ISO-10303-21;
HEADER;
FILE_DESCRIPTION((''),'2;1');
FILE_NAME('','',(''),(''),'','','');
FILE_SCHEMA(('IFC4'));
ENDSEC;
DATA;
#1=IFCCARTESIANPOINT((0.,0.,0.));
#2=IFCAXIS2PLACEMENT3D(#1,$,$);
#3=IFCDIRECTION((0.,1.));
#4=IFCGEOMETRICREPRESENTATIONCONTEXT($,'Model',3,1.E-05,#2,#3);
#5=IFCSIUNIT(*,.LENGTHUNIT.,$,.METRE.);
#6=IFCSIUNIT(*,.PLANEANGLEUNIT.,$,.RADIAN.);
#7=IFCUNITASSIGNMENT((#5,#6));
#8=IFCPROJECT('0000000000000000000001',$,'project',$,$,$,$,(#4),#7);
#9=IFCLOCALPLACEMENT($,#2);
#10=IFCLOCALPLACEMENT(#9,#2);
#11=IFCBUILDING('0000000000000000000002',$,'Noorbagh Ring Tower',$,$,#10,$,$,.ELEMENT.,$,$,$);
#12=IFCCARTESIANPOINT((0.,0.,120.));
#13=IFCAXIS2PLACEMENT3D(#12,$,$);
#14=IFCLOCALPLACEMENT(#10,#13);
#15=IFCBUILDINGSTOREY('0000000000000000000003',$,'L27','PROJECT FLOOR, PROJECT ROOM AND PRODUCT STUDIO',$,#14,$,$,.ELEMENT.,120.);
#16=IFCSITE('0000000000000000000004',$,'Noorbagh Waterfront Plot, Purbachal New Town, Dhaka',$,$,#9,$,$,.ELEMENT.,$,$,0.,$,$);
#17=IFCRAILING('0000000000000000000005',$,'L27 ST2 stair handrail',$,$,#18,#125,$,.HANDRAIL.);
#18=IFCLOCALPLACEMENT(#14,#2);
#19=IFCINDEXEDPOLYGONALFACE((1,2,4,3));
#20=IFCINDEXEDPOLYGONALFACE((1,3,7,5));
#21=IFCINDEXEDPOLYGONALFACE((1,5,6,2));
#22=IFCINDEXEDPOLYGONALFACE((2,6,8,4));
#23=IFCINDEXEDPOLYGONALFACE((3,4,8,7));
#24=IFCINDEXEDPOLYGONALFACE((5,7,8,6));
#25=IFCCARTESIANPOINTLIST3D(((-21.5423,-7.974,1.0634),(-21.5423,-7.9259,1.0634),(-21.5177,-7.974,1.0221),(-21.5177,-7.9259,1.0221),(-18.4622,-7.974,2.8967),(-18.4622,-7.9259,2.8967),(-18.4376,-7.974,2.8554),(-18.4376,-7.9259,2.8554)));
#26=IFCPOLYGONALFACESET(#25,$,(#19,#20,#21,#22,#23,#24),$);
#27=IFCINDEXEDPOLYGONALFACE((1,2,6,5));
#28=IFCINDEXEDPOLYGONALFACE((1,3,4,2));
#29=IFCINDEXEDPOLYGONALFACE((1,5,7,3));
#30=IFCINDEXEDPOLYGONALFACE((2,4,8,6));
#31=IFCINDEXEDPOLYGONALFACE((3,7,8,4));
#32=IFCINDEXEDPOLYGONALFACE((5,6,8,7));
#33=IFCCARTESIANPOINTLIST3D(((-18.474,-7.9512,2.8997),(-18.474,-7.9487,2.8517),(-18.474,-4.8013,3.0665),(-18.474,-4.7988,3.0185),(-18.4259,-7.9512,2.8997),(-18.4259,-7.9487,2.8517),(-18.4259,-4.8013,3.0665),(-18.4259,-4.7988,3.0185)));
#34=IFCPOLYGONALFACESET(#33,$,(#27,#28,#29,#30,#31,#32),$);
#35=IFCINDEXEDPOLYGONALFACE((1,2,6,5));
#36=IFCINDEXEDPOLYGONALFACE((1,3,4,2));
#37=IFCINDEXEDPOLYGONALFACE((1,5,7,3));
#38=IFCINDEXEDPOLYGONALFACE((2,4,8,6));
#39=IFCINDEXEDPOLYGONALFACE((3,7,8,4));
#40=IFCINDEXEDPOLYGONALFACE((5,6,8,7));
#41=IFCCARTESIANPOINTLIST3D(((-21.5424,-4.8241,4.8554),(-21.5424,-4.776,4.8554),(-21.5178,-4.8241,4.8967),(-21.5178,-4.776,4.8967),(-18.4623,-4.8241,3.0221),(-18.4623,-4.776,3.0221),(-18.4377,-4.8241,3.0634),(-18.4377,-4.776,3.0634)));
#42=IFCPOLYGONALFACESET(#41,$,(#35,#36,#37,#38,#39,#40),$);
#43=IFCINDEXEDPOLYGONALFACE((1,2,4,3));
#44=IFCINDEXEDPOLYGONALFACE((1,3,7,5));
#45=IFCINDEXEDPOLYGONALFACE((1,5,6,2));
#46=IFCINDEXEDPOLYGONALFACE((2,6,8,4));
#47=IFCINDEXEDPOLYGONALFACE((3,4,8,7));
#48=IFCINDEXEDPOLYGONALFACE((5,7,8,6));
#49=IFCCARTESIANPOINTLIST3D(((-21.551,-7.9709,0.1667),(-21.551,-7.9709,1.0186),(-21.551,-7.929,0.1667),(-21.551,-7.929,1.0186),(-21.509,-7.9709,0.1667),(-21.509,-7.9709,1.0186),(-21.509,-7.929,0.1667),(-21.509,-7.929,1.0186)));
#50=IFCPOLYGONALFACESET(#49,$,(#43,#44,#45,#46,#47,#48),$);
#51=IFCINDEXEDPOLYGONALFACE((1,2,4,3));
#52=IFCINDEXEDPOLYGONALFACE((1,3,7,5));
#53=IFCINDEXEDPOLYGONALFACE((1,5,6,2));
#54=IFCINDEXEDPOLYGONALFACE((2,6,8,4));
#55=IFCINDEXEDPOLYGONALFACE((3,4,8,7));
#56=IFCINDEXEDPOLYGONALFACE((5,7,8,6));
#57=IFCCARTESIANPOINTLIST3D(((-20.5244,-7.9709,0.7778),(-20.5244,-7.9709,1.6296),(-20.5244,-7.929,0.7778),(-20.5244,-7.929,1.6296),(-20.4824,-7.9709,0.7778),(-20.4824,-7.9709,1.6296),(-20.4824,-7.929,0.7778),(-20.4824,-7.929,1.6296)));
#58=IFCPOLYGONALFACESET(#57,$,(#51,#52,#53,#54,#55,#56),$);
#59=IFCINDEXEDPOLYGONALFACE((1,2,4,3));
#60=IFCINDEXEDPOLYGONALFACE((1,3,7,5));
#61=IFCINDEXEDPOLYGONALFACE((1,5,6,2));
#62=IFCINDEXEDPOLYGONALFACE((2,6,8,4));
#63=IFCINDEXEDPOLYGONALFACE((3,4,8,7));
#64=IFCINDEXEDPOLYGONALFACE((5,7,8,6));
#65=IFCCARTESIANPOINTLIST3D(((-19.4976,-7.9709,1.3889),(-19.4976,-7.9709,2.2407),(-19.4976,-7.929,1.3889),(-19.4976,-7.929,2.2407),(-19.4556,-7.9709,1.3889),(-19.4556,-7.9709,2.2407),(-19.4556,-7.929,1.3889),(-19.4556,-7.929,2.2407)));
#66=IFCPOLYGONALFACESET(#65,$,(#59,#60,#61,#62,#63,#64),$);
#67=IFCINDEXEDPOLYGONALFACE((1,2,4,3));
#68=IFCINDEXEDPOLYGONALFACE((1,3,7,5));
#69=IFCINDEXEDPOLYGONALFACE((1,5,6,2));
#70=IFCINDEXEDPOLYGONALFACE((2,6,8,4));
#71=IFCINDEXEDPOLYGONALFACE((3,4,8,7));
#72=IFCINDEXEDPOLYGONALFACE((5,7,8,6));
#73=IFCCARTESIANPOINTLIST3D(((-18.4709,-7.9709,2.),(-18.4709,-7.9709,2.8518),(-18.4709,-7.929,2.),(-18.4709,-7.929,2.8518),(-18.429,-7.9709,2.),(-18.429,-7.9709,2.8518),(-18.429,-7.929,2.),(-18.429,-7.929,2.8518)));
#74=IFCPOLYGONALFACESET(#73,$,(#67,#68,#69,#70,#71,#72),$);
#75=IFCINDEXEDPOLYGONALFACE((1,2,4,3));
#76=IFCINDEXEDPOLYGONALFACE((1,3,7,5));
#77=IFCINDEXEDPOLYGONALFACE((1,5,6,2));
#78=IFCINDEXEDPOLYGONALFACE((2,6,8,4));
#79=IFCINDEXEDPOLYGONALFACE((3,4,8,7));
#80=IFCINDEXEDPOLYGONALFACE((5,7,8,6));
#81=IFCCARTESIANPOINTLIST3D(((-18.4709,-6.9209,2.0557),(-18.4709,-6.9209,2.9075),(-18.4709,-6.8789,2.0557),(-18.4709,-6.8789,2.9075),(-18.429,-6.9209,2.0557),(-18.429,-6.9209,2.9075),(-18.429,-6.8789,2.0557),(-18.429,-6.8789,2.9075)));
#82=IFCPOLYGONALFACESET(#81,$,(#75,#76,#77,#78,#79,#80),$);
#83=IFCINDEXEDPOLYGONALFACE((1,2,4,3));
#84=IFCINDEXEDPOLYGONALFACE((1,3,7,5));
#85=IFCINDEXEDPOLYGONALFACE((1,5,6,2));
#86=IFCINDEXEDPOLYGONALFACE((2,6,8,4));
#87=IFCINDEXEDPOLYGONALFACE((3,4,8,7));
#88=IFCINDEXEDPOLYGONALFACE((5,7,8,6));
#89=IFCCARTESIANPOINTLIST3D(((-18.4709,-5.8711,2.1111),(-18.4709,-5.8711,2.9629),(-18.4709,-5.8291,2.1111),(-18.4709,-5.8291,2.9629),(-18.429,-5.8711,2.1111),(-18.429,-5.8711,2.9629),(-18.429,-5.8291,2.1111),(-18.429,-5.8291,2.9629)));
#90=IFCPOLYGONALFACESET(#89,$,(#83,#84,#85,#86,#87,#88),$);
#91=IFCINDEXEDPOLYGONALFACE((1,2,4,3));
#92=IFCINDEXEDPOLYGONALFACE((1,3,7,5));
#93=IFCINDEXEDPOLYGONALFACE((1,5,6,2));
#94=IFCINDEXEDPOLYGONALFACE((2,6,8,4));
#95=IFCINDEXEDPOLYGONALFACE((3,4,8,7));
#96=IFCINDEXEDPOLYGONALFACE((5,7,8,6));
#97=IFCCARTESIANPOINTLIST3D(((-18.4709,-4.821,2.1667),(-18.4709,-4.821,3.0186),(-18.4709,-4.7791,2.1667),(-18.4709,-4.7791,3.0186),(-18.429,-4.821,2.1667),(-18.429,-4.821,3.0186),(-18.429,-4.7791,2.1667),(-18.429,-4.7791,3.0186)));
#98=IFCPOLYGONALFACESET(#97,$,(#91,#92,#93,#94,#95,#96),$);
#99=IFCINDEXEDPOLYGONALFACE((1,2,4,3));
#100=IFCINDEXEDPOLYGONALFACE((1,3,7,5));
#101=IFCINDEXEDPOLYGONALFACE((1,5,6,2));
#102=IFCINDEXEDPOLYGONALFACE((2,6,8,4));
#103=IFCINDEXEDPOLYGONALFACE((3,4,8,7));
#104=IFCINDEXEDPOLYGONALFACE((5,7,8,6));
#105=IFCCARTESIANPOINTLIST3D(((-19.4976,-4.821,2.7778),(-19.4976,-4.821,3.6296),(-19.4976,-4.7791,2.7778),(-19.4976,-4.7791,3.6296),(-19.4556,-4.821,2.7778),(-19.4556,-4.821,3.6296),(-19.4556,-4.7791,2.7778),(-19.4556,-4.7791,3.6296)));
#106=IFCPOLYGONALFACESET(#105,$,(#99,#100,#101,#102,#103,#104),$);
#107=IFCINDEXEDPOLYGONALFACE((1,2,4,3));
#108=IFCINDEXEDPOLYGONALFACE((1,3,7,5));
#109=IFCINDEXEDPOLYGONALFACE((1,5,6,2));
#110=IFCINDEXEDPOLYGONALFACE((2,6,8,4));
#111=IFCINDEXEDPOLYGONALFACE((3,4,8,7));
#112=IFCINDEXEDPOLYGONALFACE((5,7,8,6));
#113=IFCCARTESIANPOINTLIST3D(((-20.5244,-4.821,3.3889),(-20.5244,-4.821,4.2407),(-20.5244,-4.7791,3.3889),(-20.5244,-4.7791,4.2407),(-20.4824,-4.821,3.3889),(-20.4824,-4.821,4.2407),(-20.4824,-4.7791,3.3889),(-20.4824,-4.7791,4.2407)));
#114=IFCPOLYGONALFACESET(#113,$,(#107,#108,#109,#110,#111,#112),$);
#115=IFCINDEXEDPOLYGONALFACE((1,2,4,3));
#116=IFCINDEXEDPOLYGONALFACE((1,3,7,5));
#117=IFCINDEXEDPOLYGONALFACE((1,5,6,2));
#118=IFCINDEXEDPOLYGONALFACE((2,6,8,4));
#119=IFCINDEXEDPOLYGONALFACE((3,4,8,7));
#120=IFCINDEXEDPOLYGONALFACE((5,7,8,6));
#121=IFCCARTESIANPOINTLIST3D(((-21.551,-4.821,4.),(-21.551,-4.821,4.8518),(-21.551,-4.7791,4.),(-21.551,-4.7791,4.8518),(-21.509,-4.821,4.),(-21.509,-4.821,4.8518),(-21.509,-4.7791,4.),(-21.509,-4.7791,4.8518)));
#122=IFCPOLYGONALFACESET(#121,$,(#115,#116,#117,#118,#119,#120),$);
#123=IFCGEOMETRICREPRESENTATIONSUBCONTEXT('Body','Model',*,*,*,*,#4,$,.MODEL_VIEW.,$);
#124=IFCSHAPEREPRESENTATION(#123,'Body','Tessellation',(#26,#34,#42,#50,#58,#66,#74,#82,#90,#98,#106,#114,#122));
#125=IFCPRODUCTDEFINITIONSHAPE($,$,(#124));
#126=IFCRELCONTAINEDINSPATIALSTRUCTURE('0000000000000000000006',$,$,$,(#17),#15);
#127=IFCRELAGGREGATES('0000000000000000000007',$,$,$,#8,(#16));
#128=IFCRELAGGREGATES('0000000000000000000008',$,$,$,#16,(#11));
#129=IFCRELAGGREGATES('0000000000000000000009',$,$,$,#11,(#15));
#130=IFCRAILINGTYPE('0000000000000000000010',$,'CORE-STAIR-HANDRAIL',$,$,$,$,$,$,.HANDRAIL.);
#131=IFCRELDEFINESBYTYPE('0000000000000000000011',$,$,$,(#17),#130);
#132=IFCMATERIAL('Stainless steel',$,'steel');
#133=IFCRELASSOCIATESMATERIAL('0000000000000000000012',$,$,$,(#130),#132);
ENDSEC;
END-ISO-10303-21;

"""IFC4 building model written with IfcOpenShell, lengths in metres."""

from ifc_helpers import new_model, si_unit, direction, frame, origin, origin_2d, place, context, subcontext, project, spatial, rectangle, extrude, material, type_object, element, save


model = new_model("IFC4")

# Units and contexts
model_context = context("Model", 3, precision=1e-05, world=origin(), true_north=direction((0.0, 1.0)))
body_context = subcontext(model_context, "Body", "Model", "MODEL_VIEW")
ifc_project = project(units=[si_unit("LENGTHUNIT", "METRE"), si_unit("PLANEANGLEUNIT", "RADIAN")], contexts=[model_context])

# Site, building, storey
site_placement = place(None, origin())
site = spatial("IfcSite", under=ifc_project, at=site_placement, Name="Noorbagh Waterfront Plot, Purbachal New Town, Dhaka", CompositionType="ELEMENT", RefElevation=0.0)
building_placement = place(site_placement, origin())
building = spatial("IfcBuilding", under=site, at=building_placement, Name="Noorbagh Ring Tower", CompositionType="ELEMENT")
storey_placement = place(building_placement, frame((0.0, 0.0, 120.0)))
storey = spatial("IfcBuildingStorey", under=building, at=storey_placement, Name="L27", Description="PROJECT FLOOR, PROJECT ROOM AND PRODUCT STUDIO", CompositionType="ELEMENT", Elevation=120.0)

# Railing
ifc_material_1 = material(Name="Stainless steel", Category="steel")
railing_type_1 = type_object("IfcRailingType", Name="CORE-STAIR-HANDRAIL", PredefinedType="HANDRAIL", material=ifc_material_1)
railing_1_placement = place(storey_placement, frame((-21.53, -7.95, 0.1667)))
element("IfcRailing", 1, at=railing_1_placement, inside=storey, type_object=railing_type_1, Name="L27 ST2 stair handrail", PredefinedType="HANDRAIL", context=body_context, shape_type="SweptSolid", body=[
    extrude(rectangle(XDim=0.0481, YDim=0.0481, at=origin_2d()), frame((0.0, 0.0, 0.876), z_axis=(0.859309, 0.0, 0.511458), x_axis=(0.0, 1.0, 0.0)), (0.0, 0.0, 1.0), 3.5845),
    extrude(rectangle(XDim=0.0481, YDim=0.0481, at=origin_2d()), frame((3.0801, 0.0, 2.709), z_axis=(0.0, 0.998602, 0.052864), x_axis=(-1.0, 0.0, 0.0)), (0.0, 0.0, 1.0), 3.1543),
    extrude(rectangle(XDim=0.0481, YDim=0.0481, at=origin_2d()), frame((3.0801, 3.1499, 2.876), z_axis=(-0.859309, 0.0, 0.511458), x_axis=(0.0, -1.0, 0.0)), (0.0, 0.0, 1.0), 3.5845),
    extrude(rectangle(XDim=0.042, YDim=0.042, at=origin_2d()), origin(), (0.0, 0.0, 1.0), 0.8518),
    extrude(rectangle(XDim=0.042, YDim=0.042, at=origin_2d()), frame((1.0266, 0.0, 0.6111)), (0.0, 0.0, 1.0), 0.8518),
    extrude(rectangle(XDim=0.042, YDim=0.042, at=origin_2d()), frame((2.0535, 0.0, 1.2222)), (0.0, 0.0, 1.0), 0.8518),
    extrude(rectangle(XDim=0.042, YDim=0.042, at=origin_2d()), frame((3.0801, 0.0, 1.8333)), (0.0, 0.0, 1.0), 0.8518),
    extrude(rectangle(XDim=0.042, YDim=0.042, at=origin_2d()), frame((3.0801, 1.05, 1.8889)), (0.0, 0.0, 1.0), 0.8518),
    extrude(rectangle(XDim=0.042, YDim=0.042, at=origin_2d()), frame((3.0801, 2.0999, 1.9443)), (0.0, 0.0, 1.0), 0.8518),
    extrude(rectangle(XDim=0.042, YDim=0.042, at=origin_2d()), frame((3.0801, 3.1499, 2.0)), (0.0, 0.0, 1.0), 0.8518),
    extrude(rectangle(XDim=0.042, YDim=0.042, at=origin_2d()), frame((2.0535, 3.1499, 2.6111)), (0.0, 0.0, 1.0), 0.8518),
    extrude(rectangle(XDim=0.042, YDim=0.042, at=origin_2d()), frame((1.0266, 3.1499, 3.2222)), (0.0, 0.0, 1.0), 0.8518),
    extrude(rectangle(XDim=0.042, YDim=0.042, at=origin_2d()), frame((0.0, 3.1499, 3.8333)), (0.0, 0.0, 1.0), 0.8518),
])

save(model, "model.ifc")
